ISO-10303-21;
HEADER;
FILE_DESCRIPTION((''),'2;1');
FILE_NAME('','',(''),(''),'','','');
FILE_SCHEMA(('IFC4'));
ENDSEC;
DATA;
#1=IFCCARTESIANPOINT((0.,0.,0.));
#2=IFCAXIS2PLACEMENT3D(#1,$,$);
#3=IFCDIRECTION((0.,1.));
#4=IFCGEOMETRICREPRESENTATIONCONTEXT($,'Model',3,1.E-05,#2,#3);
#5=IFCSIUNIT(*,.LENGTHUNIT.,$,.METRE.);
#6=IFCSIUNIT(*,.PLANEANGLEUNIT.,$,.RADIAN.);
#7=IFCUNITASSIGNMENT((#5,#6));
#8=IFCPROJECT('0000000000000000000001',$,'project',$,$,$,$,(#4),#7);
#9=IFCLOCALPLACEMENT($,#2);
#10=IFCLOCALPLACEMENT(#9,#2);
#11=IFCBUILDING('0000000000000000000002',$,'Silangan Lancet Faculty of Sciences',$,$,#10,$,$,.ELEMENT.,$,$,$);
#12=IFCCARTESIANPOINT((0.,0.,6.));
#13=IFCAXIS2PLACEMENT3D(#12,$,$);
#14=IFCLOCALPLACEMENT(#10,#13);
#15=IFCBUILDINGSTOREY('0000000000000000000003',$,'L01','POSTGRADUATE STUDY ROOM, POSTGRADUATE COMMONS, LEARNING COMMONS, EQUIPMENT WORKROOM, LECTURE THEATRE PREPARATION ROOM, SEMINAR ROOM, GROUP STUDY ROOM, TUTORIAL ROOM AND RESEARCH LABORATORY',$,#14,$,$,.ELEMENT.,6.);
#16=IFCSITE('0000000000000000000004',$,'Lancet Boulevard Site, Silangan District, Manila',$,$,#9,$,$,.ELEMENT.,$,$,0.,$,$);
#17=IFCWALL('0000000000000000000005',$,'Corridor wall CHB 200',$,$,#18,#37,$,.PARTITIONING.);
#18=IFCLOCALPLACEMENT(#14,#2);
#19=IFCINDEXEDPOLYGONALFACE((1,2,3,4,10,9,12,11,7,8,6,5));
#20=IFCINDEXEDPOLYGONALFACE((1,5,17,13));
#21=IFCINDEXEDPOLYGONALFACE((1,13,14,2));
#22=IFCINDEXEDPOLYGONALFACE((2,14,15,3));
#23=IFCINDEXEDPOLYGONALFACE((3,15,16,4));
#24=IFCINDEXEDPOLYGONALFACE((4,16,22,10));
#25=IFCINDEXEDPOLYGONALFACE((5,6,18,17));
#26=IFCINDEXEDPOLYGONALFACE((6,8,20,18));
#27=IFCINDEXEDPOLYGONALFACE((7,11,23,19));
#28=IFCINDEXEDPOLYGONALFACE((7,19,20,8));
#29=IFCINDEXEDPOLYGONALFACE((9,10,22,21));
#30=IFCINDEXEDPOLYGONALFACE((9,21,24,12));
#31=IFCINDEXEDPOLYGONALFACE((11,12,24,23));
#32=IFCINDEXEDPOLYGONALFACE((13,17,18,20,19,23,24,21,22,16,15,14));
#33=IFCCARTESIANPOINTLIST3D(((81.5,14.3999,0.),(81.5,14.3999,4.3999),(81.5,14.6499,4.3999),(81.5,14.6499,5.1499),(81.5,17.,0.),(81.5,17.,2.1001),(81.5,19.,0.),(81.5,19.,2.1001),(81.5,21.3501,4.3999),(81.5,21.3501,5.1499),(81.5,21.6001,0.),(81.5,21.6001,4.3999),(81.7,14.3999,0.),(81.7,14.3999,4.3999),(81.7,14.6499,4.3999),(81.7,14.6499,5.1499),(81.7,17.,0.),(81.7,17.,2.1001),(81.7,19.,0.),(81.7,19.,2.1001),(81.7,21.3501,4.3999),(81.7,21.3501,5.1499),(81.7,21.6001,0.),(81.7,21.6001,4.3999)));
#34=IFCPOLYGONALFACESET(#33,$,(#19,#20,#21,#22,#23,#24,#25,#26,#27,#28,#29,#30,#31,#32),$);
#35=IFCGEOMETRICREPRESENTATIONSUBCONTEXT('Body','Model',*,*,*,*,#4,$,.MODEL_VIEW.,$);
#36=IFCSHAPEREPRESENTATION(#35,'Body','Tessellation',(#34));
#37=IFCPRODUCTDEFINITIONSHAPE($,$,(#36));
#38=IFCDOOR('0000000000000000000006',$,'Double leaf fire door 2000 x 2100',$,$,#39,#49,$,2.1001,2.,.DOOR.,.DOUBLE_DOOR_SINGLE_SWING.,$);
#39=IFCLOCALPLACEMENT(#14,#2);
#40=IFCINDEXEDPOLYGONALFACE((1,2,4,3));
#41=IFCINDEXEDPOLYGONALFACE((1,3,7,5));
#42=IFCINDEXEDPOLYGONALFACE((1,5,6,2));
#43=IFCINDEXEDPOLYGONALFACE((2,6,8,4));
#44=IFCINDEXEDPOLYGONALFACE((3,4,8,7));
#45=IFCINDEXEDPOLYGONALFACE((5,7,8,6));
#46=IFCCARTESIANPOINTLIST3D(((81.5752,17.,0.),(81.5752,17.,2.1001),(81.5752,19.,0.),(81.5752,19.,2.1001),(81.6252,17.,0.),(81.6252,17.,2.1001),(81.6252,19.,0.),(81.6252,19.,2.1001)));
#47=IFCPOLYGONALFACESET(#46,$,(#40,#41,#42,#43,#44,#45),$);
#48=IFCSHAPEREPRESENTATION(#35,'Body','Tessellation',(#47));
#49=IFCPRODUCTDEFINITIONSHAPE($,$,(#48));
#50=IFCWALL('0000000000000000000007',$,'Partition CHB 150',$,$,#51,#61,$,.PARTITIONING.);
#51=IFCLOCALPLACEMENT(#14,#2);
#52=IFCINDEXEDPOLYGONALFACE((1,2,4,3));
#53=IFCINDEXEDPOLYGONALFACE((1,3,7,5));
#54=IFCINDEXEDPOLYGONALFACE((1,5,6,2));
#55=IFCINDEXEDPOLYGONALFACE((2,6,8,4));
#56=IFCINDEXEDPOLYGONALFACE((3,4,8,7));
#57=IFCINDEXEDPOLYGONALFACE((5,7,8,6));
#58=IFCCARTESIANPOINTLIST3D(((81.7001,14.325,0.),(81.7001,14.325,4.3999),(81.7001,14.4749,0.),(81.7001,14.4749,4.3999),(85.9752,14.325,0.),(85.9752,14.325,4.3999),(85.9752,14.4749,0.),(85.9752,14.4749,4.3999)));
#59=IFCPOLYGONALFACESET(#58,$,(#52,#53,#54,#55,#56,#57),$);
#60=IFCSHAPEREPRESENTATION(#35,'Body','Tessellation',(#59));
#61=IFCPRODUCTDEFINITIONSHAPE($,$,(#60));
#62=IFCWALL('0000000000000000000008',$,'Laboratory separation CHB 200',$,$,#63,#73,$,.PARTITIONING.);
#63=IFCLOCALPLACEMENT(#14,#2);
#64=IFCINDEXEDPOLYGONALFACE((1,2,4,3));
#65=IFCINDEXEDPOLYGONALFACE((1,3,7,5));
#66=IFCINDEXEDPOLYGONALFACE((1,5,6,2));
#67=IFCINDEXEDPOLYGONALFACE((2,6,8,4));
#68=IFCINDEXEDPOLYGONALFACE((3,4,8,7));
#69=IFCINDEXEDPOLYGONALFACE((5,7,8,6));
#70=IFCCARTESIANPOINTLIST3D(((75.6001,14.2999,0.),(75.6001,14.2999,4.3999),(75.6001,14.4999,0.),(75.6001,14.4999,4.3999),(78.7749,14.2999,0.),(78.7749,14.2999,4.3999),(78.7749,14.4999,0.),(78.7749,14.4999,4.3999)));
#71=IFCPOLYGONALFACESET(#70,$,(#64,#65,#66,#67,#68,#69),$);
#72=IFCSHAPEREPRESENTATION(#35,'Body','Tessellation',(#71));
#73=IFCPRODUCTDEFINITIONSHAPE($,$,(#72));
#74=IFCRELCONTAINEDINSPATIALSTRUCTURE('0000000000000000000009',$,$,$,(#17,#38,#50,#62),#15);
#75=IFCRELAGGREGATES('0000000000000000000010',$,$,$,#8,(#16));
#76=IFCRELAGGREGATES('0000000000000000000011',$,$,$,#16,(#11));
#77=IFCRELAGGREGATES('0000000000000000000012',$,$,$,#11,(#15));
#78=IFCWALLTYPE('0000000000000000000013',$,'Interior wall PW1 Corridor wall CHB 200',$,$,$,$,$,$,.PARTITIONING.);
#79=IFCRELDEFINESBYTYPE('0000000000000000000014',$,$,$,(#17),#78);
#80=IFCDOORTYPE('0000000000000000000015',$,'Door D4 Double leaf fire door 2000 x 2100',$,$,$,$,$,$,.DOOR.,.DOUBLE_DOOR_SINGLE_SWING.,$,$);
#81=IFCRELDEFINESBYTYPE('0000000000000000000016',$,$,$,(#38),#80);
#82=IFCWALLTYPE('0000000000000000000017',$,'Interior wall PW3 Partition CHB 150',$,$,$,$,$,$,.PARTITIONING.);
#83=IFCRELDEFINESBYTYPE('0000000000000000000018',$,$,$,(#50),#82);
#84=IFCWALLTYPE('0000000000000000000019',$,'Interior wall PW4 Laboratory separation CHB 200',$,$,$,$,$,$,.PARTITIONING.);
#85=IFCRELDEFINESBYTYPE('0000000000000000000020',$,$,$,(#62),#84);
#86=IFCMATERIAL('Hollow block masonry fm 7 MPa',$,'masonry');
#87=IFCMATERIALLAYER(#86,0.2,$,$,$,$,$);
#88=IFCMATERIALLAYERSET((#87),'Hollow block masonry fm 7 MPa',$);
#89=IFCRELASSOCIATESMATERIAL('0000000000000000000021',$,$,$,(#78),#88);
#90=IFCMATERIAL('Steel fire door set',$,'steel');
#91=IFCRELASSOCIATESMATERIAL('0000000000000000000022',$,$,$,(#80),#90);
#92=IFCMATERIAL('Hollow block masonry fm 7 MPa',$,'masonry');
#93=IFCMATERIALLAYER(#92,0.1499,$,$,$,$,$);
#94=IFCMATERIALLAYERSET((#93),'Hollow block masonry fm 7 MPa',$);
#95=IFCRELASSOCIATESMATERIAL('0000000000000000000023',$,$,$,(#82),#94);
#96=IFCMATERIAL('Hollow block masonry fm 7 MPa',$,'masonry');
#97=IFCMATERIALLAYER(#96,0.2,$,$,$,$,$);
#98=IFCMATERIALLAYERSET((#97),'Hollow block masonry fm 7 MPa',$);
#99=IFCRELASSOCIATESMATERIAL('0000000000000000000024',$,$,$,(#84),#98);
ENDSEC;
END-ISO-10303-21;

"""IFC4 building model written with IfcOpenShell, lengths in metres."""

from ifc_helpers import new_model, si_unit, direction, frame, frame_2d, origin, place, context, subcontext, project, spatial, polyline, rectangle, outline, extrude, material, layer, layer_set, type_object, element, fill, save


model = new_model("IFC4")

# Units and contexts
model_context = context("Model", 3, precision=1e-05, world=origin(), true_north=direction((0.0, 1.0)))
body_context = subcontext(model_context, "Body", "Model", "MODEL_VIEW")
ifc_project = project(units=[si_unit("LENGTHUNIT", "METRE"), si_unit("PLANEANGLEUNIT", "RADIAN")], contexts=[model_context])

# Site, building, storey
site_placement = place(None, origin())
site = spatial("IfcSite", under=ifc_project, at=site_placement, Name="Lancet Boulevard Site, Silangan District, Manila", CompositionType="ELEMENT", RefElevation=0.0)
building_placement = place(site_placement, origin())
building = spatial("IfcBuilding", under=site, at=building_placement, Name="Silangan Lancet Faculty of Sciences", CompositionType="ELEMENT")
storey_placement = place(building_placement, frame((0.0, 0.0, 6.0)))
storey = spatial("IfcBuildingStorey", under=building, at=storey_placement, Name="L01", Description="POSTGRADUATE STUDY ROOM, POSTGRADUATE COMMONS, LEARNING COMMONS, EQUIPMENT WORKROOM, LECTURE THEATRE PREPARATION ROOM, SEMINAR ROOM, GROUP STUDY ROOM, TUTORIAL ROOM AND RESEARCH LABORATORY", CompositionType="ELEMENT", Elevation=6.0)

# Wall, opening, door
ifc_material_1 = material(Name="Hollow block masonry fm 7 MPa", Category="masonry")
ifc_layer_1 = layer(ifc_material_1, 0.2)
ifc_layer_set_1 = layer_set([ifc_layer_1], Name="Hollow block masonry fm 7 MPa")
wall_type_1 = type_object("IfcWallType", Name="Interior wall PW1 Corridor wall CHB 200", PredefinedType="PARTITIONING", material=ifc_layer_set_1)
wall_1_placement = place(storey_placement, frame((81.6001, 14.3999, 0.0), z_axis=(0.0, 0.0, 1.0), x_axis=(0.0, 1.0, 0.0)))
wall_1 = element("IfcWall", 1, at=wall_1_placement, inside=storey, type_object=wall_type_1, Name="Corridor wall CHB 200", PredefinedType="PARTITIONING", context=body_context, shape_type="SweptSolid", body=[
    extrude(outline(polyline([(0.0, 0.0), (7.2002, 0.0), (7.2002, 4.3999), (6.9502, 4.3999), (6.9502, 5.1499), (0.25, 5.1499), (0.25, 4.3999), (0.0, 4.3999), (0.0, 0.0)])), frame((0.0, 0.1001, 0.0), z_axis=(0.0, -1.0, 0.0), x_axis=(1.0, 0.0, 0.0)), (0.0, 0.0, 1.0), 0.2),
])
opening_1_placement = place(wall_1_placement, frame((2.6001, 0.0, 0.0)))
opening_1 = element("IfcOpeningElement", 2, at=opening_1_placement, cuts=wall_1, PredefinedType="OPENING", context=body_context, shape_type="SweptSolid", body=[
    extrude(rectangle(XDim=2.0, YDim=2.1001, at=frame_2d((1.0, 1.05))), frame((0.0, 0.1099, 0.0), z_axis=(0.0, -1.0, 0.0), x_axis=(1.0, 0.0, 0.0)), (0.0, 0.0, 1.0), 0.22),
])
ifc_material_2 = material(Name="Steel fire door set", Category="steel")
door_type_1 = type_object("IfcDoorType", Name="Door D4 Double leaf fire door 2000 x 2100", OperationType="DOUBLE_DOOR_SINGLE_SWING", PredefinedType="DOOR", material=ifc_material_2)
door_1_placement = place(opening_1_placement, origin())
door_1 = element("IfcDoor", 3, at=door_1_placement, inside=storey, type_object=door_type_1, Name="Double leaf fire door 2000 x 2100", OperationType="DOUBLE_DOOR_SINGLE_SWING", OverallHeight=2.1001, OverallWidth=2.0, PredefinedType="DOOR", context=body_context, shape_type="SweptSolid", body=[
    extrude(rectangle(XDim=2.0, YDim=2.1001, at=frame_2d((1.0, 1.05))), frame((0.0, 0.0249, 0.0), z_axis=(0.0, -1.0, 0.0), x_axis=(1.0, 0.0, 0.0)), (0.0, 0.0, 1.0), 0.05),
])
fill(opening_1, door_1)

# Walls
ifc_material_3 = material(Name="Hollow block masonry fm 7 MPa", Category="masonry")
ifc_layer_2 = layer(ifc_material_3, 0.1499)
ifc_layer_set_2 = layer_set([ifc_layer_2], Name="Hollow block masonry fm 7 MPa")
wall_type_2 = type_object("IfcWallType", Name="Interior wall PW3 Partition CHB 150", PredefinedType="PARTITIONING", material=ifc_layer_set_2)
wall_2_placement = place(storey_placement, frame((81.7, 14.3999, 0.0), z_axis=(0.0, 0.0, 1.0), x_axis=(1.0, 0.0, 0.0)))
element("IfcWall", 4, at=wall_2_placement, inside=storey, type_object=wall_type_2, Name="Partition CHB 150", PredefinedType="PARTITIONING", context=body_context, shape_type="SweptSolid", body=[
    extrude(rectangle(XDim=4.2751, YDim=0.1499, at=frame_2d((2.1377, 0.0))), origin(), (0.0, 0.0, 1.0), 4.3999),
])
ifc_material_4 = material(Name="Hollow block masonry fm 7 MPa", Category="masonry")
ifc_layer_3 = layer(ifc_material_4, 0.2)
ifc_layer_set_3 = layer_set([ifc_layer_3], Name="Hollow block masonry fm 7 MPa")
wall_type_3 = type_object("IfcWallType", Name="Interior wall PW4 Laboratory separation CHB 200", PredefinedType="PARTITIONING", material=ifc_layer_set_3)
wall_3_placement = place(storey_placement, frame((75.6001, 14.3999, 0.0), z_axis=(0.0, 0.0, 1.0), x_axis=(1.0, 0.0, 0.0)))
element("IfcWall", 5, at=wall_3_placement, inside=storey, type_object=wall_type_3, Name="Laboratory separation CHB 200", PredefinedType="PARTITIONING", context=body_context, shape_type="SweptSolid", body=[
    extrude(rectangle(XDim=3.1748, YDim=0.2, at=frame_2d((1.5874, 0.0))), origin(), (0.0, 0.0, 1.0), 4.3999),
])

save(model, "model.ifc")
